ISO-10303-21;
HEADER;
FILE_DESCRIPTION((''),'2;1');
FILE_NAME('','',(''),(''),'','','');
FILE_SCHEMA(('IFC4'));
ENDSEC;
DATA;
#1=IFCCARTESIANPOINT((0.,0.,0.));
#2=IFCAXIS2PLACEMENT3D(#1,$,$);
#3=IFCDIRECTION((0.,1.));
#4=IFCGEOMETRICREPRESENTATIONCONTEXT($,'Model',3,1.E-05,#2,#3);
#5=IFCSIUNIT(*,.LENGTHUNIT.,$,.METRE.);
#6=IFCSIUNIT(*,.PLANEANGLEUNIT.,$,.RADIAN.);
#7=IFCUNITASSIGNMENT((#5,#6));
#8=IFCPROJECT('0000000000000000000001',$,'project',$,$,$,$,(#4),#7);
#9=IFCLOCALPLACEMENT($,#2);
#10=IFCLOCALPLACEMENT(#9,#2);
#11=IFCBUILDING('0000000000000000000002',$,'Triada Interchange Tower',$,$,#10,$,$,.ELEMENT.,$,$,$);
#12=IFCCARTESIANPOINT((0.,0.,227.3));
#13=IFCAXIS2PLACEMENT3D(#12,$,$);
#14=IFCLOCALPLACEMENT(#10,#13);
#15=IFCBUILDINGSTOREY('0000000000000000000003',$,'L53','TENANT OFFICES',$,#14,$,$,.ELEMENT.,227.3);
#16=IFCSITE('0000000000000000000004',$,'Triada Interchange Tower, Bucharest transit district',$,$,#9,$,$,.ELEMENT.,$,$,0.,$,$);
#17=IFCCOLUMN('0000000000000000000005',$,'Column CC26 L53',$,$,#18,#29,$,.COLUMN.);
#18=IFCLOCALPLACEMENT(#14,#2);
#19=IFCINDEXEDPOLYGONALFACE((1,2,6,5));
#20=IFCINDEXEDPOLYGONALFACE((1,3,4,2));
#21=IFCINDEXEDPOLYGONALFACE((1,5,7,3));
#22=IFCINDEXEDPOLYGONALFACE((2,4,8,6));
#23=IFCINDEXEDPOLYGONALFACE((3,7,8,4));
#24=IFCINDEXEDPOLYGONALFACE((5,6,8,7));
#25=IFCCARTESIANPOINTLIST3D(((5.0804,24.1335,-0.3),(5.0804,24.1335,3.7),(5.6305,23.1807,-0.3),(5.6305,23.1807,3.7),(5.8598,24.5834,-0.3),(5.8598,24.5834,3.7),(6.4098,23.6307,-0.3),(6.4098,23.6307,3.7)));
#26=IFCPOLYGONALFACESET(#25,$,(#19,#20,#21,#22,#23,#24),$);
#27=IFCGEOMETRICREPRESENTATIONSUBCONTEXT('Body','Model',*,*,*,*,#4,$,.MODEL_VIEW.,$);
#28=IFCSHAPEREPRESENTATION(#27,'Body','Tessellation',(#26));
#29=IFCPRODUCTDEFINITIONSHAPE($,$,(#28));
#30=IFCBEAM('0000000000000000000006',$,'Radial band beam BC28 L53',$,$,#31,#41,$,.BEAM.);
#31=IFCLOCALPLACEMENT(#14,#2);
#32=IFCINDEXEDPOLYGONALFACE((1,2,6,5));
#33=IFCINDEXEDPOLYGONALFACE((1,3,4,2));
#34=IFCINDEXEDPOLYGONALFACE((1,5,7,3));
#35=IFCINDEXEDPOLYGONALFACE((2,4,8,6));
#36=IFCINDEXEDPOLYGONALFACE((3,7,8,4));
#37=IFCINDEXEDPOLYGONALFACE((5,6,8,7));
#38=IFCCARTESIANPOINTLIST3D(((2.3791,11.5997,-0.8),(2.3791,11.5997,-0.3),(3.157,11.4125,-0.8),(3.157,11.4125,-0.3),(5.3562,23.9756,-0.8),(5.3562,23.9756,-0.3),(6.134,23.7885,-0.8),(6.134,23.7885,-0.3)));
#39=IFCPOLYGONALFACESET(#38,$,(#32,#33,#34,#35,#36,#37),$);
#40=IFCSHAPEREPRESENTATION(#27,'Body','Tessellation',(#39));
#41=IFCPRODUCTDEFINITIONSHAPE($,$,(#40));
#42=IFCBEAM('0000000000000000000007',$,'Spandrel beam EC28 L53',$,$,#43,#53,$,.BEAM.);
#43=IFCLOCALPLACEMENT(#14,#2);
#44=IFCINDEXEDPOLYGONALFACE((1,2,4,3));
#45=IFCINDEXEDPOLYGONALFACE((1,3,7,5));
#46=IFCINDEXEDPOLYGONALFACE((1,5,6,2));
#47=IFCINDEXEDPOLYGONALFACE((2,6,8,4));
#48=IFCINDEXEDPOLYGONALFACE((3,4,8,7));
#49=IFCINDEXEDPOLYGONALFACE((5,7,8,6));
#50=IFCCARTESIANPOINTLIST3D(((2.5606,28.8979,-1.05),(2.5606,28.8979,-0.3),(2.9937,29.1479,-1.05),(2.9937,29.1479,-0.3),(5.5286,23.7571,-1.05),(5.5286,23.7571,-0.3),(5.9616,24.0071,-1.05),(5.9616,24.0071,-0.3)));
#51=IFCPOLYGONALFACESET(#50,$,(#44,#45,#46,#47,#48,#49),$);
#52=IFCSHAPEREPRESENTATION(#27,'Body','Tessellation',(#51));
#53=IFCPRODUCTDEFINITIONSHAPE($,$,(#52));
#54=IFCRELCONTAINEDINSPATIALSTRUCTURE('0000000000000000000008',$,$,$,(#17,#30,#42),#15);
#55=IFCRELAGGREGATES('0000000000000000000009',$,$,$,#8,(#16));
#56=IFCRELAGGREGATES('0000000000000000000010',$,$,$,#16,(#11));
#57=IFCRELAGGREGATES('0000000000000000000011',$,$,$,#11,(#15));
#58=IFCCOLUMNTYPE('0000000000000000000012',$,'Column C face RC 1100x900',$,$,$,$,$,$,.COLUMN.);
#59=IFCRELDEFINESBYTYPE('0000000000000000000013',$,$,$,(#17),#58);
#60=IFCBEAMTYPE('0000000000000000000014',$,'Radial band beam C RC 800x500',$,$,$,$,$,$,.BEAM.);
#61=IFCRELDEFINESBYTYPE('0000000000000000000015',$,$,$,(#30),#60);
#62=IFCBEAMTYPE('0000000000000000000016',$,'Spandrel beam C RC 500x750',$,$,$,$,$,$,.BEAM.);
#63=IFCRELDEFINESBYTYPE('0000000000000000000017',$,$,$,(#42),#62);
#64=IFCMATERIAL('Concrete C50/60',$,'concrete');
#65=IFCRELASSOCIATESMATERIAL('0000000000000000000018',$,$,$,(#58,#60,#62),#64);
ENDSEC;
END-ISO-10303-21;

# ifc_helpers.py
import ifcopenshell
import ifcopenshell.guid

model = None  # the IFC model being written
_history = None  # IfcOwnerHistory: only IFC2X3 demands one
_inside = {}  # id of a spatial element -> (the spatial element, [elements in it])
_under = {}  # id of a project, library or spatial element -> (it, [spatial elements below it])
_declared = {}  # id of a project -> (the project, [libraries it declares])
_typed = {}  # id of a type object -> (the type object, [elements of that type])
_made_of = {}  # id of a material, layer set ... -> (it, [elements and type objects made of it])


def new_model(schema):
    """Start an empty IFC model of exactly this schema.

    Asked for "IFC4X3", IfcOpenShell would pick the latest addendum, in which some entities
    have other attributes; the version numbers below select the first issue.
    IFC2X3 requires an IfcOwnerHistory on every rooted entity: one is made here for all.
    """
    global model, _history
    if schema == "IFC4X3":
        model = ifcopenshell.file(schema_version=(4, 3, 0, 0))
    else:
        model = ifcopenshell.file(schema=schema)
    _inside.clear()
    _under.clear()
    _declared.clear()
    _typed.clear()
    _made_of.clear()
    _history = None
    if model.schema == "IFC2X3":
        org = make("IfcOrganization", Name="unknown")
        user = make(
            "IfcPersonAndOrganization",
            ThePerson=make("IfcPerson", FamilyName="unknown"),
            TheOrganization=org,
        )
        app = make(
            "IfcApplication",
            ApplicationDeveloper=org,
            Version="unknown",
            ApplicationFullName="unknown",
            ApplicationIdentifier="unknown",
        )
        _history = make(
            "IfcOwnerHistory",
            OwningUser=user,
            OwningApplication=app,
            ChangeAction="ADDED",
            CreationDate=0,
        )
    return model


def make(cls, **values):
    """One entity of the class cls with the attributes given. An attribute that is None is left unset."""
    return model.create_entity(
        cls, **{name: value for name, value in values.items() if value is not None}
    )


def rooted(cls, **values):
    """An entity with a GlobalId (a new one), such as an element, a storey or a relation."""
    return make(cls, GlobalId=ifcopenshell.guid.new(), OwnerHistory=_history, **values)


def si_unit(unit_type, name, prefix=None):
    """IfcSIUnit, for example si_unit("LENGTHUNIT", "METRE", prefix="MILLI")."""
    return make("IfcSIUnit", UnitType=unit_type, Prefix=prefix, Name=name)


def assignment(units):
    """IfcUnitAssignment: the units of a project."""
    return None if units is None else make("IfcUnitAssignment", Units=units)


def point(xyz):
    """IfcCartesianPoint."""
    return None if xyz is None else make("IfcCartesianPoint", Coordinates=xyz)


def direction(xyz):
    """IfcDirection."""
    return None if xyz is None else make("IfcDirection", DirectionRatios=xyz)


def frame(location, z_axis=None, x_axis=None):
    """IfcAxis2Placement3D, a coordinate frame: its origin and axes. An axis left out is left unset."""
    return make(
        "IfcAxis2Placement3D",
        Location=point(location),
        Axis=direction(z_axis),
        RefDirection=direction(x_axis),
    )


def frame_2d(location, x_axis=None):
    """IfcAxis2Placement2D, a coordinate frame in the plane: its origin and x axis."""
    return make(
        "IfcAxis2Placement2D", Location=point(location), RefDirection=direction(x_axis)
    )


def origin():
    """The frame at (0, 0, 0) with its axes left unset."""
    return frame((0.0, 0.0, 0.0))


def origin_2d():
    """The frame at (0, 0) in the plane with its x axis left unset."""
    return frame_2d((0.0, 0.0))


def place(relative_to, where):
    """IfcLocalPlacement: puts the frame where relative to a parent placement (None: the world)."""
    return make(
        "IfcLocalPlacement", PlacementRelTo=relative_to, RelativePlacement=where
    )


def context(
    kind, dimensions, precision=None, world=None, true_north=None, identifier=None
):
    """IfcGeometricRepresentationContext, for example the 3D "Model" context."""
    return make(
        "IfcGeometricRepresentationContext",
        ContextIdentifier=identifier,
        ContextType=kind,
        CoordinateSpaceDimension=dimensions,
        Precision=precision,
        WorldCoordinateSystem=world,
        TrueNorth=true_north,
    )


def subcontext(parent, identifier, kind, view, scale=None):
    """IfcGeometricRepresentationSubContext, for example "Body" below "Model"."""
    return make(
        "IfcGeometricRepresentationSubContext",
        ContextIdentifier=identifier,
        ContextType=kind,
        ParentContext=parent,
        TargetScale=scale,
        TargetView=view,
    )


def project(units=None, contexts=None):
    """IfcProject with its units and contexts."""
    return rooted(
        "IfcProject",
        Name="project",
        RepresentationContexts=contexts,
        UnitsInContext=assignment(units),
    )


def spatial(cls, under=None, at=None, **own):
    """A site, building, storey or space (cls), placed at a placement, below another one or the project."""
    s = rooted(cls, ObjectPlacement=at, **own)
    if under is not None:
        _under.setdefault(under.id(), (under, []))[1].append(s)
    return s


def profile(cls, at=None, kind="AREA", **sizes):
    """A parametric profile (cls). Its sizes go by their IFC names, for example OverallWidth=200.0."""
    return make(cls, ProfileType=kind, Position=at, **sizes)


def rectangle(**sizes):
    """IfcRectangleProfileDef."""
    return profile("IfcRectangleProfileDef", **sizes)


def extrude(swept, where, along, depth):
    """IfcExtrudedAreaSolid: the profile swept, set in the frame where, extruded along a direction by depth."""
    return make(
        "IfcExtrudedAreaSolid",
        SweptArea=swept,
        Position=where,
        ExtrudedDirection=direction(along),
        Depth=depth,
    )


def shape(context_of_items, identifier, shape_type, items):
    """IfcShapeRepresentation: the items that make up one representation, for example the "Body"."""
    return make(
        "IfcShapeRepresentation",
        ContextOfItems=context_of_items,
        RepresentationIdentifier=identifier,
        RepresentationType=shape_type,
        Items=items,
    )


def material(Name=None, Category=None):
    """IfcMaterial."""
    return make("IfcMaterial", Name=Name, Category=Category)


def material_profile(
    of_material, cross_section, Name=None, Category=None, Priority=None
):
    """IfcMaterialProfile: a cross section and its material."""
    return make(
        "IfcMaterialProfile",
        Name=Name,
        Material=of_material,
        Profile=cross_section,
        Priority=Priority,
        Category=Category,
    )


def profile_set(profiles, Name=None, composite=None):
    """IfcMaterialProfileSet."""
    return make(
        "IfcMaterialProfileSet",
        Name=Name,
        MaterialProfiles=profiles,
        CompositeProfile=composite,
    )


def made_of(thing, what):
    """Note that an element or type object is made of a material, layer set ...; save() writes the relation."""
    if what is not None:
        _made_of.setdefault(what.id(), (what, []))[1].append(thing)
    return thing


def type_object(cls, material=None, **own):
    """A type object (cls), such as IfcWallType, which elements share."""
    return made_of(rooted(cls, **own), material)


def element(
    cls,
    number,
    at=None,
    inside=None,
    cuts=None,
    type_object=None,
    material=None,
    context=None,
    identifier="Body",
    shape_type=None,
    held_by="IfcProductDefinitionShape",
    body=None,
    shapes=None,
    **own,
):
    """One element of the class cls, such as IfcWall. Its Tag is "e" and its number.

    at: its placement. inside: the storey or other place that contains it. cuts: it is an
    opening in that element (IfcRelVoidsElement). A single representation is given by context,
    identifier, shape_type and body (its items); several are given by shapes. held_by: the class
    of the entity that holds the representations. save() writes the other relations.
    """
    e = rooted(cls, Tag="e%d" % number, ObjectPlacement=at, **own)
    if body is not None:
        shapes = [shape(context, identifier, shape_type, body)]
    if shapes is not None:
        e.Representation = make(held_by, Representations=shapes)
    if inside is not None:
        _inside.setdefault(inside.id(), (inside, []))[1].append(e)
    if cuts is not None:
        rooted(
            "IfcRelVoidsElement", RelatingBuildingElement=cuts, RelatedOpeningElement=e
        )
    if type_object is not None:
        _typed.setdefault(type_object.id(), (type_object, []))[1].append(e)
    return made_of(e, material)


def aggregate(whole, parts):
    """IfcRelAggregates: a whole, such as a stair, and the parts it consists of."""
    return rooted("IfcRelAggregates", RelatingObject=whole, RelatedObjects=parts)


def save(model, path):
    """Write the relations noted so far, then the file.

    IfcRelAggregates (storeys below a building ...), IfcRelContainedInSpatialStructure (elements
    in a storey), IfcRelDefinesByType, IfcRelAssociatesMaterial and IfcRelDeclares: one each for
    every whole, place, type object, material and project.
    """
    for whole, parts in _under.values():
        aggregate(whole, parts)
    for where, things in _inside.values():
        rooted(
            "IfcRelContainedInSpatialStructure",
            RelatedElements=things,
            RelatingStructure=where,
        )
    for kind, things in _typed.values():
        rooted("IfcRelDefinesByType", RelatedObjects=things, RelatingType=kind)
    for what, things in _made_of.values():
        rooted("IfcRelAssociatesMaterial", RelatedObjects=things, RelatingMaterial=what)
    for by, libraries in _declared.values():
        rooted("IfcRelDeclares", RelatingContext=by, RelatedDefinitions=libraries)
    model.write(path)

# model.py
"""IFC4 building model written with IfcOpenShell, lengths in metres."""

from ifc_helpers import new_model, si_unit, direction, frame, origin, origin_2d, place, context, subcontext, project, spatial, rectangle, extrude, material, material_profile, profile_set, type_object, element, save


model = new_model("IFC4")

# Units and contexts
model_context = context("Model", 3, precision=1e-05, world=origin(), true_north=direction((0.0, 1.0)))
body_context = subcontext(model_context, "Body", "Model", "MODEL_VIEW")
ifc_project = project(units=[si_unit("LENGTHUNIT", "METRE"), si_unit("PLANEANGLEUNIT", "RADIAN")], contexts=[model_context])

# Site, building, storey
site_placement = place(None, origin())
site = spatial("IfcSite", under=ifc_project, at=site_placement, Name="Triada Interchange Tower, Bucharest transit district", CompositionType="ELEMENT", RefElevation=0.0)
building_placement = place(site_placement, origin())
building = spatial("IfcBuilding", under=site, at=building_placement, Name="Triada Interchange Tower", CompositionType="ELEMENT")
storey_placement = place(building_placement, frame((0.0, 0.0, 227.3)))
storey = spatial("IfcBuildingStorey", under=building, at=storey_placement, Name="L53", Description="TENANT OFFICES", CompositionType="ELEMENT", Elevation=227.3)

# Column
ifc_material_1 = material(Name="Concrete C50/60", Category="concrete")
ifc_material_profile_1 = material_profile(ifc_material_1, rectangle(XDim=1.1001, YDim=0.8999, at=origin_2d()), Name="RC 1100x900")
ifc_profile_set_1 = profile_set([ifc_material_profile_1], Name="Concrete C50/60")
column_type = type_object("IfcColumnType", Name="Column C face RC 1100x900", PredefinedType="COLUMN", material=ifc_profile_set_1)
column_placement = place(storey_placement, frame((5.7451, 23.8821, -0.3), z_axis=(0.0, 0.0, 1.0), x_axis=(-0.5, 0.866025, 0.0)))
element("IfcColumn", 1, at=column_placement, inside=storey, type_object=column_type, Name="Column CC26 L53", PredefinedType="COLUMN", context=body_context, shape_type="SweptSolid", body=[
    extrude(rectangle(XDim=1.1001, YDim=0.8999, at=origin_2d()), origin(), (0.0, 0.0, 1.0), 4.0),
])

# Beams
ifc_material_profile_2 = material_profile(ifc_material_1, rectangle(XDim=0.8, YDim=0.5, at=origin_2d()), Name="RC 800x500")
ifc_profile_set_2 = profile_set([ifc_material_profile_2], Name="Concrete C50/60")
beam_type_1 = type_object("IfcBeamType", Name="Radial band beam C RC 800x500", PredefinedType="BEAM", material=ifc_profile_set_2)
beam_1_placement = place(storey_placement, frame((5.7451, 23.8821, -0.55), z_axis=(-0.233879, -0.972266, 0.0), x_axis=(0.972266, -0.233879, 0.0)))
element("IfcBeam", 2, at=beam_1_placement, inside=storey, type_object=beam_type_1, Name="Radial band beam BC28 L53", PredefinedType="BEAM", context=body_context, shape_type="SweptSolid", body=[
    extrude(rectangle(XDim=0.8, YDim=0.5, at=origin_2d()), origin(), (0.0, 0.0, 1.0), 12.729),
])
ifc_material_profile_3 = material_profile(ifc_material_1, rectangle(XDim=0.5, YDim=0.75, at=origin_2d()), Name="RC 500x750")
ifc_profile_set_3 = profile_set([ifc_material_profile_3], Name="Concrete C50/60")
beam_type_2 = type_object("IfcBeamType", Name="Spandrel beam C RC 500x750", PredefinedType="BEAM", material=ifc_profile_set_3)
beam_2_placement = place(storey_placement, frame((5.7451, 23.8821, -0.675), z_axis=(-0.499992, 0.86603, 0.0), x_axis=(-0.86603, -0.499992, 0.0)))
element("IfcBeam", 3, at=beam_2_placement, inside=storey, type_object=beam_type_2, Name="Spandrel beam EC28 L53", PredefinedType="BEAM", context=body_context, shape_type="SweptSolid", body=[
    extrude(rectangle(XDim=0.5, YDim=0.75, at=origin_2d()), origin(), (0.0, 0.0, 1.0), 5.936),
])

save(model, "model.ifc")
